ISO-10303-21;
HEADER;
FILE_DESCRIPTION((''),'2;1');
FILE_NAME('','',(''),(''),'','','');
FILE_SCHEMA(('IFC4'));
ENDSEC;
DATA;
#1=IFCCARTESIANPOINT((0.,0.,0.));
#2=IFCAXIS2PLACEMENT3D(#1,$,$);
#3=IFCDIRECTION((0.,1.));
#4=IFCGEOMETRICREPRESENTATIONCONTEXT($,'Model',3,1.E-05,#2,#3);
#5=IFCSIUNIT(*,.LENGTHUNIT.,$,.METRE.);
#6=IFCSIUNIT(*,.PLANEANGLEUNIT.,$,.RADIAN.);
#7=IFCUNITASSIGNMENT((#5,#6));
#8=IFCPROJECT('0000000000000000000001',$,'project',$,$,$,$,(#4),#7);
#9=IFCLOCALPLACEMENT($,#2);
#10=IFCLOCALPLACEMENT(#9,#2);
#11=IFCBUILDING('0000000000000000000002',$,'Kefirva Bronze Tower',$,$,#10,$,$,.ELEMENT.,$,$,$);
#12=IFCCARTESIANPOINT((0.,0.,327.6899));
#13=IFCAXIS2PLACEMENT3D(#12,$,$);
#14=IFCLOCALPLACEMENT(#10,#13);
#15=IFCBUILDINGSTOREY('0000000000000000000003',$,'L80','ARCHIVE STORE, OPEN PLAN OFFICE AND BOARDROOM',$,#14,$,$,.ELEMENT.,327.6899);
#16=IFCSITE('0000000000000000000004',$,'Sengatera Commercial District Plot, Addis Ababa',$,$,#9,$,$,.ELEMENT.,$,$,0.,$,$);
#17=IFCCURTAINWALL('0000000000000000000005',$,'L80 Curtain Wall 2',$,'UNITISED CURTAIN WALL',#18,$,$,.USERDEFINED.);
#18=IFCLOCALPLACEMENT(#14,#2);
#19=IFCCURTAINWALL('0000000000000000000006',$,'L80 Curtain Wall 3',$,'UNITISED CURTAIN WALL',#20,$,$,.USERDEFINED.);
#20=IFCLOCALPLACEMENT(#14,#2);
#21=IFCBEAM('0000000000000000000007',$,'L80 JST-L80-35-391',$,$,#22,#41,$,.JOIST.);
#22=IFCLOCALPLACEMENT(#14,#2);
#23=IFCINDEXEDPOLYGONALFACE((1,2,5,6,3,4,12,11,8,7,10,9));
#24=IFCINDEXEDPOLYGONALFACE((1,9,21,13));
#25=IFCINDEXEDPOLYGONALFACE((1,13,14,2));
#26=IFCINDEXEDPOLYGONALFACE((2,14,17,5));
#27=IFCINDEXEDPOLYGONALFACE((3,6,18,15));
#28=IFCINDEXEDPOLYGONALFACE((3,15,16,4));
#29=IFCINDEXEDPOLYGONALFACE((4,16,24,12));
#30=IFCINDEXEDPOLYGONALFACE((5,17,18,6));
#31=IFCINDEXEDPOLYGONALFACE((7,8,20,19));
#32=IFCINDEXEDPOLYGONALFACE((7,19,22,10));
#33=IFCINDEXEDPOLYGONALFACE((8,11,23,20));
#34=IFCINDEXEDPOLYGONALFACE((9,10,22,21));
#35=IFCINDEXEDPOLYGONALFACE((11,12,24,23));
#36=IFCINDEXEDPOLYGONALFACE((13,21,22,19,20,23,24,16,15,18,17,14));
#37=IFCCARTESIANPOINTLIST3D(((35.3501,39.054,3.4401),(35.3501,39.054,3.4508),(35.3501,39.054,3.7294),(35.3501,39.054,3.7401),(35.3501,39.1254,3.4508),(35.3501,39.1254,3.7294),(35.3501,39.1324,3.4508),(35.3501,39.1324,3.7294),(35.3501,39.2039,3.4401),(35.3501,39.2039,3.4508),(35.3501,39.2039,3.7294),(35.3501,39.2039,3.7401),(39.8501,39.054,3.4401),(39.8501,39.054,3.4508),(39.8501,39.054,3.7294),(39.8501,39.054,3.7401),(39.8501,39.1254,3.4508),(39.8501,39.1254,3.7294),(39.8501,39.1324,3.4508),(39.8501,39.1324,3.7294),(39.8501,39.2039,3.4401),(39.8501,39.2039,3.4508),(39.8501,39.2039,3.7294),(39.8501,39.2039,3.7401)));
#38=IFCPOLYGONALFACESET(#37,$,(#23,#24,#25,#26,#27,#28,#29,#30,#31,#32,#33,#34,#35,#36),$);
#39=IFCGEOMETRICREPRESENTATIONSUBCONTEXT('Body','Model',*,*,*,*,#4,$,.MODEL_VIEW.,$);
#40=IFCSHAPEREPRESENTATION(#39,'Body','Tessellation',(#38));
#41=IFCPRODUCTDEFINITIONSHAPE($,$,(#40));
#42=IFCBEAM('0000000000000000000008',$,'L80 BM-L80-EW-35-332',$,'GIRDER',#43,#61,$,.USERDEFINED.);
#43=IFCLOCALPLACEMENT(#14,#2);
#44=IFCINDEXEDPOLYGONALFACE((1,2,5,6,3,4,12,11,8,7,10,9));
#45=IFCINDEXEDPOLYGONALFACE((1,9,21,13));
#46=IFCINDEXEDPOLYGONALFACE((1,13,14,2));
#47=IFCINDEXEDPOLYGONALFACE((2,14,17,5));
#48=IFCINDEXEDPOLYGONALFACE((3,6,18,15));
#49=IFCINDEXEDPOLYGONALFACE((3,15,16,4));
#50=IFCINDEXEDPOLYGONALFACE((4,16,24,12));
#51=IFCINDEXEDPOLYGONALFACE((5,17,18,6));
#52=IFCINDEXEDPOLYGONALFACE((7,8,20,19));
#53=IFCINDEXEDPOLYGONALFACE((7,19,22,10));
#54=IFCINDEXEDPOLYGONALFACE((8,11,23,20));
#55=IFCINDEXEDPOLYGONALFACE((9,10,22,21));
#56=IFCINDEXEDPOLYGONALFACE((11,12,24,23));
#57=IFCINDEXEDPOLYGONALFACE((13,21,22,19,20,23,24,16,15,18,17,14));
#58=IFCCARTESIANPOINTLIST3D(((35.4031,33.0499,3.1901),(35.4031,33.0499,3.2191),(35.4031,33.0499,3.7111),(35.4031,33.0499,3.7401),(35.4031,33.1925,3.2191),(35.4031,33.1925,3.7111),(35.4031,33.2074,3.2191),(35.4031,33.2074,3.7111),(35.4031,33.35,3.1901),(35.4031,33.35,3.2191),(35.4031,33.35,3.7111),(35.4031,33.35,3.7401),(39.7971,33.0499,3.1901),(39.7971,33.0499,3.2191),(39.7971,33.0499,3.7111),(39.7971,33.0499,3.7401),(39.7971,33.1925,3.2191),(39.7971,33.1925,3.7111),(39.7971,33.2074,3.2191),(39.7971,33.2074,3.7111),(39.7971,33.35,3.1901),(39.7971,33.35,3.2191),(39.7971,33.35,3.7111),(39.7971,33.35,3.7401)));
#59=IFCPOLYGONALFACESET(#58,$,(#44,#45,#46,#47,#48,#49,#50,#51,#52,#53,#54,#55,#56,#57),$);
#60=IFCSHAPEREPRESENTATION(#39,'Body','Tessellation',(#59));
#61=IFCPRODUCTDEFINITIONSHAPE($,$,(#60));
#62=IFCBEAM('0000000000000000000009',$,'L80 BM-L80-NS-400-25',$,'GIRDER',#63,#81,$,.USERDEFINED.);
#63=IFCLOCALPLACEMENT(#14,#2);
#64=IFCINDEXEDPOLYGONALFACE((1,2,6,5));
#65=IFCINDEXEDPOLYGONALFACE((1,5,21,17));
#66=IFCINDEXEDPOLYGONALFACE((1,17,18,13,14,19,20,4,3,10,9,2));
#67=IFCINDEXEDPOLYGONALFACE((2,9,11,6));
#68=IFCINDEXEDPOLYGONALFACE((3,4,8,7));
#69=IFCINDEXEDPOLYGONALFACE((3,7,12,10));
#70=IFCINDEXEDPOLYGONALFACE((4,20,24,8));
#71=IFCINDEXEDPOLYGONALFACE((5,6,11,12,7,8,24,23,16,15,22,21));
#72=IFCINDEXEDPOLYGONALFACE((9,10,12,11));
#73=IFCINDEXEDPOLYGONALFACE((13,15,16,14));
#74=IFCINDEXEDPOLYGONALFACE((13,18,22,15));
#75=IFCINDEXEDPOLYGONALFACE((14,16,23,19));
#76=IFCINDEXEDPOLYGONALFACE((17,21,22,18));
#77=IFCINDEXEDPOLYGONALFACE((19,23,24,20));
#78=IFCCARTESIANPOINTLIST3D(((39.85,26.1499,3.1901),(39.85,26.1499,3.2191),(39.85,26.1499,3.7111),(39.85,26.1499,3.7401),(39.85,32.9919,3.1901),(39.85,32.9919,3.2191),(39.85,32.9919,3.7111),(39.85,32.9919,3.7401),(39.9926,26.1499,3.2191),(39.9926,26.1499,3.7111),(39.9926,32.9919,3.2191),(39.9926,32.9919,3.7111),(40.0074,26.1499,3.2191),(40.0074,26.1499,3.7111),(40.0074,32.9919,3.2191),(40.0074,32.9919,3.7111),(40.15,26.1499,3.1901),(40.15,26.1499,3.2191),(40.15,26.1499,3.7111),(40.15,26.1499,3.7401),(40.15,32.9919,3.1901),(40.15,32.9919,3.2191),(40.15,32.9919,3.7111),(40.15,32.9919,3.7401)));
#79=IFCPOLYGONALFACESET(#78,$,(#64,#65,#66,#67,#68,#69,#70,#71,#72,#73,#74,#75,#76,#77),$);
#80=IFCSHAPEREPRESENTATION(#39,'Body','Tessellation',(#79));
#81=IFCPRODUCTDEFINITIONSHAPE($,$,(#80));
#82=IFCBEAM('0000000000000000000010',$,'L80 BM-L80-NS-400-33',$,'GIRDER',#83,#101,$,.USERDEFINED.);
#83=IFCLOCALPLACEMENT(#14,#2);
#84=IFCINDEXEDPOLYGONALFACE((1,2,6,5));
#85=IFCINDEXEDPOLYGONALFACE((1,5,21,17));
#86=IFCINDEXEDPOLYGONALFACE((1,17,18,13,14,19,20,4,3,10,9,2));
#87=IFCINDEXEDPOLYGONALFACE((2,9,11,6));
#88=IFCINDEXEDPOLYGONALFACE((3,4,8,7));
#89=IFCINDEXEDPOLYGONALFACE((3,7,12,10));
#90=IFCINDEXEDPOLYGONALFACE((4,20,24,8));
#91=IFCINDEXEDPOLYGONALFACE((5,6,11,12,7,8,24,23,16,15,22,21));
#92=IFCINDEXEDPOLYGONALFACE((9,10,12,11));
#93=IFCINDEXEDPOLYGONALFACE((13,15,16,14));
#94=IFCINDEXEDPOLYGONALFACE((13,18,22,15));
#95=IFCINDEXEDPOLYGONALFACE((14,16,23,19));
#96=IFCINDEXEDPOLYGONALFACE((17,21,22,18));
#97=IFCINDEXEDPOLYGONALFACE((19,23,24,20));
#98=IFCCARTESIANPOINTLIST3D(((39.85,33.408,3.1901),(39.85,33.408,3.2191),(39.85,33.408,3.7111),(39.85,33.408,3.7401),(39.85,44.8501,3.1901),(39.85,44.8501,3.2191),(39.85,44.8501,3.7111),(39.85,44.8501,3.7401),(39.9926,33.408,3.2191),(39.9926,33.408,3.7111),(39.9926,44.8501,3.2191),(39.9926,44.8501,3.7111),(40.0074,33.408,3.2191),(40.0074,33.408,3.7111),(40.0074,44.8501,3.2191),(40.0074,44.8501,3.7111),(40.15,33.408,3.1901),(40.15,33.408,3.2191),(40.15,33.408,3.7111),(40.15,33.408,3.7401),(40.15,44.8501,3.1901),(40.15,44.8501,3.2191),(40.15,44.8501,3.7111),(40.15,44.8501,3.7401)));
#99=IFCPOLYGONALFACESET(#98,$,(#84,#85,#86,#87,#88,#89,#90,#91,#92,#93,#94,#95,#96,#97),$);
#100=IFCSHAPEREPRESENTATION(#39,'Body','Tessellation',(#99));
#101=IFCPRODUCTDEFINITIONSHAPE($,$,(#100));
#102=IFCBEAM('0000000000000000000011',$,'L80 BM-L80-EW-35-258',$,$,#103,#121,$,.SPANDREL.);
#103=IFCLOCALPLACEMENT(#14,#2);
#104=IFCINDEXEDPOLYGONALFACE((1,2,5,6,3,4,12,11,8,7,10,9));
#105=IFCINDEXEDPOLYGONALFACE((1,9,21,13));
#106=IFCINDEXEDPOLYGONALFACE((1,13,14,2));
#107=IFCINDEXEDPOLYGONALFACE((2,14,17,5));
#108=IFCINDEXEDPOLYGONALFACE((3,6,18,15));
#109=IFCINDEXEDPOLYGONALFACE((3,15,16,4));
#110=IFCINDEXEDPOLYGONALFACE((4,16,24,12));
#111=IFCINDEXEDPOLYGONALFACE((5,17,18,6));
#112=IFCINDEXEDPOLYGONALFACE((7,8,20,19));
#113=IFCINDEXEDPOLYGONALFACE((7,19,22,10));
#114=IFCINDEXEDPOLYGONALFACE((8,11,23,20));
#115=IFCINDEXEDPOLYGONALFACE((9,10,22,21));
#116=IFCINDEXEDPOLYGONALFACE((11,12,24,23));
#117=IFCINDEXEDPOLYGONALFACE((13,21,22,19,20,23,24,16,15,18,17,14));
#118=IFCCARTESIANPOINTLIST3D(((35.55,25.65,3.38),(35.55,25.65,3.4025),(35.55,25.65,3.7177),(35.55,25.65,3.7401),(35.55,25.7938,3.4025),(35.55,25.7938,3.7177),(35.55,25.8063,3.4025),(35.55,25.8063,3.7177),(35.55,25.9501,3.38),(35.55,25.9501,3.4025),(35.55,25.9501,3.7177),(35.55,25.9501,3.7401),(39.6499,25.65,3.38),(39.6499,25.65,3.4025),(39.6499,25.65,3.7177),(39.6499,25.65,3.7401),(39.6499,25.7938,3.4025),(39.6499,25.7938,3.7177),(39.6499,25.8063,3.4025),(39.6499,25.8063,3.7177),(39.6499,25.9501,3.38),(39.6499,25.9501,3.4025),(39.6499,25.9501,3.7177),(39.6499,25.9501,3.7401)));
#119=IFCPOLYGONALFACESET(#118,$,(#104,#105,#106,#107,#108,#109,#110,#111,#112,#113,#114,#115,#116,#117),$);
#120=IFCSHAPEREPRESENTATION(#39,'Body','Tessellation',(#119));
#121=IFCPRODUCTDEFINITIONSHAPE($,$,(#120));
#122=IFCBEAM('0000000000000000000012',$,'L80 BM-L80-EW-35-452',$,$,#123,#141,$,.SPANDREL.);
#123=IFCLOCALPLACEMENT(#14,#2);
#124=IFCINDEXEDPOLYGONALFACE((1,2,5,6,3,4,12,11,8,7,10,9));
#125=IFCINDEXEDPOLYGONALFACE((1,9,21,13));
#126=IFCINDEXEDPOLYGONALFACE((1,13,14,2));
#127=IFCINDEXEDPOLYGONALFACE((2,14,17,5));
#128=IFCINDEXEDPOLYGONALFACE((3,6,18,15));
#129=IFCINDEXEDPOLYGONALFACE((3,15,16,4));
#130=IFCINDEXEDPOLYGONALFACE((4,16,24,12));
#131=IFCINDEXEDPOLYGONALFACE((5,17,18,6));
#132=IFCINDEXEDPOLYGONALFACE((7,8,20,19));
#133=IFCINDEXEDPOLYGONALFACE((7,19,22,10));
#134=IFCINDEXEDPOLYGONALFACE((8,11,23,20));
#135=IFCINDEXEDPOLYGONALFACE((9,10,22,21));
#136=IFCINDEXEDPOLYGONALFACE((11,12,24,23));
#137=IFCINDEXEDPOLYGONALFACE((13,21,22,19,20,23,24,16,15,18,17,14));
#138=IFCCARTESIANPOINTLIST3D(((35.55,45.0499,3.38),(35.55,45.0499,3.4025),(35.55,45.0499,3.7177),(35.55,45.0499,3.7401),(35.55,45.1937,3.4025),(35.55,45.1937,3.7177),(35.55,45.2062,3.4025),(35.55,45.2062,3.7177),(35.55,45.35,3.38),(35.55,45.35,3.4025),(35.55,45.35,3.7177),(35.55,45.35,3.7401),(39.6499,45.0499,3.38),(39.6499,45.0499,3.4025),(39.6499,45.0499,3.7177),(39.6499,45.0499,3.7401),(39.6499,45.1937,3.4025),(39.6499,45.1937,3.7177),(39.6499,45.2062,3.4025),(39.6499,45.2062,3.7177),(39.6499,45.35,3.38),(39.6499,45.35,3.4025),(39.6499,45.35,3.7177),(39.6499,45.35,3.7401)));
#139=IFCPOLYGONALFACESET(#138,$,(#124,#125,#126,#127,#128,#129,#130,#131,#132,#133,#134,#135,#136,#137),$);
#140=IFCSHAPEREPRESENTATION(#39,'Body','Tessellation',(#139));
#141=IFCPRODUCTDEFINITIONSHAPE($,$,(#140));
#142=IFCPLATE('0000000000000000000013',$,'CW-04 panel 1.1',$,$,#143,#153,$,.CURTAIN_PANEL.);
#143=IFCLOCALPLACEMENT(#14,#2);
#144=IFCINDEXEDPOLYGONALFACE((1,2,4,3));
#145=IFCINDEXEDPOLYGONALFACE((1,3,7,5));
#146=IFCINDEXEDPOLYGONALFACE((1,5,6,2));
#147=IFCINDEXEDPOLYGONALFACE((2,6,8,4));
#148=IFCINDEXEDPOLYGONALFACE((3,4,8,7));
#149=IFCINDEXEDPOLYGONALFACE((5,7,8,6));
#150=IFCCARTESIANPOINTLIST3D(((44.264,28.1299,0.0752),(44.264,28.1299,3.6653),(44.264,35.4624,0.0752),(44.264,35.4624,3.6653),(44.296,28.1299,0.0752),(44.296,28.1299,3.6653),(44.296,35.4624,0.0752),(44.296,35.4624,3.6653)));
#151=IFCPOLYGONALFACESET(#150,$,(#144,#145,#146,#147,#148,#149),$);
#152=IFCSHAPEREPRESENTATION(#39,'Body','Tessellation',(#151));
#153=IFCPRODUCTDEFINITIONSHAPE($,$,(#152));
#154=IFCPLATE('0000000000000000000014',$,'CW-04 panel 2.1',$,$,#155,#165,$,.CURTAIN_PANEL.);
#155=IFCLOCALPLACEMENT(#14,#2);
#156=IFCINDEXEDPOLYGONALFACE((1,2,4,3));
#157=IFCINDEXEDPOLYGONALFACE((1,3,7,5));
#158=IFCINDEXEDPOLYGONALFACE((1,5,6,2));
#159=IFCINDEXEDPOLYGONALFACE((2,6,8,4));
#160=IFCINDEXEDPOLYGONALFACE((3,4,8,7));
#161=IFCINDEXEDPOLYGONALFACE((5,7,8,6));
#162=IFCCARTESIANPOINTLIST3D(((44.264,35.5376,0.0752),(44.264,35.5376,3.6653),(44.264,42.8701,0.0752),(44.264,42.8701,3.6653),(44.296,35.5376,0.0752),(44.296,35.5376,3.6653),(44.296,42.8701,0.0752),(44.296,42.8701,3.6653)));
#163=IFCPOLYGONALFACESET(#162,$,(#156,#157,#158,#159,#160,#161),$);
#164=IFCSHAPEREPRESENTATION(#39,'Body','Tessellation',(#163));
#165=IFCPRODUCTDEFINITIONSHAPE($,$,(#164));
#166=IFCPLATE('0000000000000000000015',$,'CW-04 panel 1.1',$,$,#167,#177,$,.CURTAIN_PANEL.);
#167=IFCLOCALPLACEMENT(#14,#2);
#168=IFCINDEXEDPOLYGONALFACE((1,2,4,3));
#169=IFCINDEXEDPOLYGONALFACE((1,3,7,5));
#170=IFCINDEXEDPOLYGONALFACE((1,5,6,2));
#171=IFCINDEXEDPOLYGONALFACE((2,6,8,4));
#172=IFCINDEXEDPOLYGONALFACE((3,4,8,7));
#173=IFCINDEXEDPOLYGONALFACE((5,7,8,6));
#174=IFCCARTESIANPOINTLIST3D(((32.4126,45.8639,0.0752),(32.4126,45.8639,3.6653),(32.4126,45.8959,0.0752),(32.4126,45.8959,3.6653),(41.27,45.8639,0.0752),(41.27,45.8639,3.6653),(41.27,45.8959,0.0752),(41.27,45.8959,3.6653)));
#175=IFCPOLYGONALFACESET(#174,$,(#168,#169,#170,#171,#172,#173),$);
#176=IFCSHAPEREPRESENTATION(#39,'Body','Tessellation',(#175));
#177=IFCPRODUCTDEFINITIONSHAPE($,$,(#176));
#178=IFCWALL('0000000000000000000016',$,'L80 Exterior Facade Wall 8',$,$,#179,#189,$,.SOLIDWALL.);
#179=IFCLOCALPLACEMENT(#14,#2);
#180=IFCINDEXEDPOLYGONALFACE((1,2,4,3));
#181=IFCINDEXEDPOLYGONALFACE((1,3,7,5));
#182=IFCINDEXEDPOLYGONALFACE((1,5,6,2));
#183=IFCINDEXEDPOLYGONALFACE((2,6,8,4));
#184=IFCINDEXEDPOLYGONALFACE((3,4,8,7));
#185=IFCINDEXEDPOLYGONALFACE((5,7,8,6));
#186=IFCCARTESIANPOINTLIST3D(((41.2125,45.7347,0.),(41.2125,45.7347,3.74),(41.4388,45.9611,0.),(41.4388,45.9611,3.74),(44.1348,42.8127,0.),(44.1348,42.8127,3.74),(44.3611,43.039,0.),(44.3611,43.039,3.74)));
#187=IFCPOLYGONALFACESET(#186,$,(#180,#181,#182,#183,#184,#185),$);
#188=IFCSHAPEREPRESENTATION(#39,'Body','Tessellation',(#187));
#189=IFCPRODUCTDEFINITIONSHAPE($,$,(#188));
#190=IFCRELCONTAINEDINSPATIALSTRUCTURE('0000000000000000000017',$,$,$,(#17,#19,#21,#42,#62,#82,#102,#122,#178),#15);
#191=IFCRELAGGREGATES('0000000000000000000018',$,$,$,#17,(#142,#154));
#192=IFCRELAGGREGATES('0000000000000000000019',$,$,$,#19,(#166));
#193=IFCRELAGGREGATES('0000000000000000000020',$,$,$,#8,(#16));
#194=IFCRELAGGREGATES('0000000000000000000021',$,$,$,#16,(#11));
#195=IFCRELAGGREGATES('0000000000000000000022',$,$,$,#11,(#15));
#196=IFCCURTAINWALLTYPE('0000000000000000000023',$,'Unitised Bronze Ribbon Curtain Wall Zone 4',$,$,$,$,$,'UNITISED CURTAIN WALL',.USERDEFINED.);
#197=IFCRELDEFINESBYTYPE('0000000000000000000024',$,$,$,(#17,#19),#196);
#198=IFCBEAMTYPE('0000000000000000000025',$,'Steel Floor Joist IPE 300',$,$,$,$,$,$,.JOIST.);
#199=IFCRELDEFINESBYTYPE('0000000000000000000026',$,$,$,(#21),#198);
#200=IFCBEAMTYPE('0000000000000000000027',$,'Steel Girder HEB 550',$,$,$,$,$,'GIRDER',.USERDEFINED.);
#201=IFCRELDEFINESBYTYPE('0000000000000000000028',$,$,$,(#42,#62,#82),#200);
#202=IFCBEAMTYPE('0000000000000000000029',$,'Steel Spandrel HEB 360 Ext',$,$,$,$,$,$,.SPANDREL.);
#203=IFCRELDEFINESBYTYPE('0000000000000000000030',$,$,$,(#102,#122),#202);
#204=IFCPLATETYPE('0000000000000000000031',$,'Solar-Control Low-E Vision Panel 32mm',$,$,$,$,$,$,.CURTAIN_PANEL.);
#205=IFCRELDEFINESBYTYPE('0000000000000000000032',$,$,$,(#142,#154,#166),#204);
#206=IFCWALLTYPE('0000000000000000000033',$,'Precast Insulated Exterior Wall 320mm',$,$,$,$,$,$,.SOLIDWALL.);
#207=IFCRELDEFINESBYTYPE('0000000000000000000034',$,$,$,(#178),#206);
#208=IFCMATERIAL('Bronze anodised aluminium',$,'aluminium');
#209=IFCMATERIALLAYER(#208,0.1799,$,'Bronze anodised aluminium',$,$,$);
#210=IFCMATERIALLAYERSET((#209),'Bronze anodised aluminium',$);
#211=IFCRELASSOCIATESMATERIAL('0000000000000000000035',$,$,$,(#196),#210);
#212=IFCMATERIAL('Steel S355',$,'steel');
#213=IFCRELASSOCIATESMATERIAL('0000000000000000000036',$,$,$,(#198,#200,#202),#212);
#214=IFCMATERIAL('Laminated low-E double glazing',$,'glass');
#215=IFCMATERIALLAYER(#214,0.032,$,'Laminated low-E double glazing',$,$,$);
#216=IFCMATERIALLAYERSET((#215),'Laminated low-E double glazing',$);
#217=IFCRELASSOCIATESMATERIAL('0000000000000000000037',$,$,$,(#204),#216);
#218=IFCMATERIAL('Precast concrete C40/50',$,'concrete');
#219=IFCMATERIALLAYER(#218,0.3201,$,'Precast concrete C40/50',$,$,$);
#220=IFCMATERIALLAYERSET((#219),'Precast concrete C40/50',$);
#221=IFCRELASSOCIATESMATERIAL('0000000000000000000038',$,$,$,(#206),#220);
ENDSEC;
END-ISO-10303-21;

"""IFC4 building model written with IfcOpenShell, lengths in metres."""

from ifc_helpers import new_model, si_unit, direction, frame, frame_2d, origin, origin_2d, place, context, subcontext, project, spatial, rectangle, i_section, extrude, material, layer, layer_set, material_profile, profile_set, type_object, element, aggregate, save


model = new_model("IFC4")

# Units and contexts
model_context = context("Model", 3, precision=1e-05, world=origin(), true_north=direction((0.0, 1.0)))
body_context = subcontext(model_context, "Body", "Model", "MODEL_VIEW")
ifc_project = project(units=[si_unit("LENGTHUNIT", "METRE"), si_unit("PLANEANGLEUNIT", "RADIAN")], contexts=[model_context])

# Site, building, storey
site_placement = place(None, origin())
site = spatial("IfcSite", under=ifc_project, at=site_placement, Name="Sengatera Commercial District Plot, Addis Ababa", CompositionType="ELEMENT", RefElevation=0.0)
building_placement = place(site_placement, origin())
building = spatial("IfcBuilding", under=site, at=building_placement, Name="Kefirva Bronze Tower", CompositionType="ELEMENT")
storey_placement = place(building_placement, frame((0.0, 0.0, 327.6899)))
storey = spatial("IfcBuildingStorey", under=building, at=storey_placement, Name="L80", Description="ARCHIVE STORE, OPEN PLAN OFFICE AND BOARDROOM", CompositionType="ELEMENT", Elevation=327.6899)

# Curtain wall
ifc_material_1 = material(Name="Bronze anodised aluminium", Category="aluminium")
ifc_layer_1 = layer(ifc_material_1, 0.1799, Name="Bronze anodised aluminium")
ifc_layer_set_1 = layer_set([ifc_layer_1], Name="Bronze anodised aluminium")
curtain_wall_type = type_object("IfcCurtainWallType", Name="Unitised Bronze Ribbon Curtain Wall Zone 4", ElementType="UNITISED CURTAIN WALL", PredefinedType="USERDEFINED", material=ifc_layer_set_1)
curtain_wall_1_placement = place(storey_placement, origin())
curtain_wall_1 = element("IfcCurtainWall", 1, at=curtain_wall_1_placement, inside=storey, type_object=curtain_wall_type, Name="L80 Curtain Wall 2", ObjectType="UNITISED CURTAIN WALL", PredefinedType="USERDEFINED")

# Curtain wall
curtain_wall_2_placement = place(storey_placement, origin())
curtain_wall_2 = element("IfcCurtainWall", 2, at=curtain_wall_2_placement, inside=storey, type_object=curtain_wall_type, Name="L80 Curtain Wall 3", ObjectType="UNITISED CURTAIN WALL", PredefinedType="USERDEFINED")

# Beams
ifc_material_2 = material(Name="Steel S355", Category="steel")
ifc_material_profile_1 = material_profile(ifc_material_2, i_section(OverallWidth=0.1499, OverallDepth=0.3, WebThickness=0.0071, FlangeThickness=0.0107, at=origin_2d()), Name="IPE 300")
ifc_profile_set_1 = profile_set([ifc_material_profile_1], Name="Steel S355")
beam_type_1 = type_object("IfcBeamType", Name="Steel Floor Joist IPE 300", PredefinedType="JOIST", material=ifc_profile_set_1)
beam_1_placement = place(storey_placement, frame((35.3501, 39.1289, 3.5901), z_axis=(1.0, 0.0, 0.0), x_axis=(0.0, 1.0, 0.0)))
element("IfcBeam", 3, at=beam_1_placement, inside=storey, type_object=beam_type_1, Name="L80 JST-L80-35-391", PredefinedType="JOIST", context=body_context, shape_type="SweptSolid", body=[
    extrude(i_section(OverallWidth=0.1499, OverallDepth=0.3, WebThickness=0.0071, FlangeThickness=0.0107, at=origin_2d()), origin(), (0.0, 0.0, 1.0), 4.5),
])
ifc_material_profile_2 = material_profile(ifc_material_2, i_section(OverallWidth=0.3, OverallDepth=0.55, WebThickness=0.0149, FlangeThickness=0.0291, at=origin_2d()), Name="HEB 550")
ifc_profile_set_2 = profile_set([ifc_material_profile_2], Name="Steel S355")
beam_type_2 = type_object("IfcBeamType", Name="Steel Girder HEB 550", ElementType="GIRDER", PredefinedType="USERDEFINED", material=ifc_profile_set_2)
beam_2_placement = place(storey_placement, frame((35.4031, 33.2, 3.4651), z_axis=(1.0, 0.0, 0.0), x_axis=(0.0, 1.0, 0.0)))
element("IfcBeam", 4, at=beam_2_placement, inside=storey, type_object=beam_type_2, Name="L80 BM-L80-EW-35-332", ObjectType="GIRDER", PredefinedType="USERDEFINED", context=body_context, shape_type="SweptSolid", body=[
    extrude(i_section(OverallWidth=0.3, OverallDepth=0.55, WebThickness=0.0149, FlangeThickness=0.0291, at=origin_2d()), origin(), (0.0, 0.0, 1.0), 4.394),
])
beam_3_placement = place(storey_placement, frame((40.0, 26.1499, 3.4651), z_axis=(0.0, 1.0, 0.0), x_axis=(-1.0, 0.0, 0.0)))
element("IfcBeam", 5, at=beam_3_placement, inside=storey, type_object=beam_type_2, Name="L80 BM-L80-NS-400-25", ObjectType="GIRDER", PredefinedType="USERDEFINED", context=body_context, shape_type="SweptSolid", body=[
    extrude(i_section(OverallWidth=0.3, OverallDepth=0.55, WebThickness=0.0149, FlangeThickness=0.0291, at=origin_2d()), origin(), (0.0, 0.0, 1.0), 6.842),
])
beam_4_placement = place(storey_placement, frame((40.0, 33.408, 3.4651), z_axis=(0.0, 1.0, 0.0), x_axis=(-1.0, 0.0, 0.0)))
element("IfcBeam", 6, at=beam_4_placement, inside=storey, type_object=beam_type_2, Name="L80 BM-L80-NS-400-33", ObjectType="GIRDER", PredefinedType="USERDEFINED", context=body_context, shape_type="SweptSolid", body=[
    extrude(i_section(OverallWidth=0.3, OverallDepth=0.55, WebThickness=0.0149, FlangeThickness=0.0291, at=origin_2d()), origin(), (0.0, 0.0, 1.0), 11.4421),
])
ifc_material_profile_3 = material_profile(ifc_material_2, i_section(OverallWidth=0.3, OverallDepth=0.3601, WebThickness=0.0125, FlangeThickness=0.0225, at=origin_2d()), Name="HEB 360")
ifc_profile_set_3 = profile_set([ifc_material_profile_3], Name="Steel S355")
beam_type_3 = type_object("IfcBeamType", Name="Steel Spandrel HEB 360 Ext", PredefinedType="SPANDREL", material=ifc_profile_set_3)
for number, where, z_axis, x_axis, name in (
    (7, (35.55, 25.8, 3.5601), (1.0, 0.0, 0.0), (0.0, 1.0, 0.0), "L80 BM-L80-EW-35-258"),
    (8, (35.55, 45.2, 3.5601), (1.0, 0.0, 0.0), (0.0, 1.0, 0.0), "L80 BM-L80-EW-35-452"),
):
    element("IfcBeam", number, at=place(storey_placement, frame(where, z_axis=z_axis, x_axis=x_axis)), inside=storey, type_object=beam_type_3, Name=name, PredefinedType="SPANDREL", context=body_context, shape_type="SweptSolid", body=[
        extrude(i_section(OverallWidth=0.3, OverallDepth=0.3601, WebThickness=0.0125, FlangeThickness=0.0225, at=origin_2d()), origin(), (0.0, 0.0, 1.0), 4.0999),
    ])

# Plates
ifc_material_3 = material(Name="Laminated low-E double glazing", Category="glass")
ifc_layer_2 = layer(ifc_material_3, 0.032, Name="Laminated low-E double glazing")
ifc_layer_set_2 = layer_set([ifc_layer_2], Name="Laminated low-E double glazing")
plate_type = type_object("IfcPlateType", Name="Solar-Control Low-E Vision Panel 32mm", PredefinedType="CURTAIN_PANEL", material=ifc_layer_set_2)
plate_1_placement = place(storey_placement, frame((44.28, 31.7961, 0.0752), z_axis=(0.0, 0.0, 1.0), x_axis=(0.0, 1.0, 0.0)))
plate_1 = element("IfcPlate", 9, at=plate_1_placement, type_object=plate_type, Name="CW-04 panel 1.1", PredefinedType="CURTAIN_PANEL", context=body_context, shape_type="SweptSolid", body=[
    extrude(rectangle(XDim=7.3325, YDim=0.032, at=origin_2d()), origin(), (0.0, 0.0, 1.0), 3.5901),
])
plate_2_placement = place(storey_placement, frame((44.28, 39.2039, 0.0752), z_axis=(0.0, 0.0, 1.0), x_axis=(0.0, 1.0, 0.0)))
plate_2 = element("IfcPlate", 10, at=plate_2_placement, type_object=plate_type, Name="CW-04 panel 2.1", PredefinedType="CURTAIN_PANEL", context=body_context, shape_type="SweptSolid", body=[
    extrude(rectangle(XDim=7.3325, YDim=0.032, at=origin_2d()), origin(), (0.0, 0.0, 1.0), 3.5901),
])
aggregate(curtain_wall_1, [plate_1, plate_2])
plate_3_placement = place(storey_placement, frame((36.8413, 45.8799, 0.0752), z_axis=(0.0, 0.0, 1.0), x_axis=(-1.0, 0.0, 0.0)))
plate_3 = element("IfcPlate", 11, at=plate_3_placement, type_object=plate_type, Name="CW-04 panel 1.1", PredefinedType="CURTAIN_PANEL", context=body_context, shape_type="SweptSolid", body=[
    extrude(rectangle(XDim=8.8574, YDim=0.032, at=origin_2d()), origin(), (0.0, 0.0, 1.0), 3.5901),
])
aggregate(curtain_wall_2, [plate_3])

# Wall
ifc_material_4 = material(Name="Precast concrete C40/50", Category="concrete")
ifc_layer_3 = layer(ifc_material_4, 0.3201, Name="Precast concrete C40/50")
ifc_layer_set_3 = layer_set([ifc_layer_3], Name="Precast concrete C40/50")
wall_type = type_object("IfcWallType", Name="Precast Insulated Exterior Wall 320mm", PredefinedType="SOLIDWALL", material=ifc_layer_set_3)
wall_placement = place(storey_placement, frame((44.248, 42.9258, 0.0), z_axis=(0.0, 0.0, 1.0), x_axis=(-0.707136, 0.707077, 0.0)))
element("IfcWall", 12, at=wall_placement, inside=storey, type_object=wall_type, Name="L80 Exterior Facade Wall 8", PredefinedType="SOLIDWALL", context=body_context, shape_type="SweptSolid", body=[
    extrude(rectangle(XDim=4.1326, YDim=0.3201, at=frame_2d((2.0664, 0.0))), origin(), (0.0, 0.0, 1.0), 3.74),
])

save(model, "model.ifc")
